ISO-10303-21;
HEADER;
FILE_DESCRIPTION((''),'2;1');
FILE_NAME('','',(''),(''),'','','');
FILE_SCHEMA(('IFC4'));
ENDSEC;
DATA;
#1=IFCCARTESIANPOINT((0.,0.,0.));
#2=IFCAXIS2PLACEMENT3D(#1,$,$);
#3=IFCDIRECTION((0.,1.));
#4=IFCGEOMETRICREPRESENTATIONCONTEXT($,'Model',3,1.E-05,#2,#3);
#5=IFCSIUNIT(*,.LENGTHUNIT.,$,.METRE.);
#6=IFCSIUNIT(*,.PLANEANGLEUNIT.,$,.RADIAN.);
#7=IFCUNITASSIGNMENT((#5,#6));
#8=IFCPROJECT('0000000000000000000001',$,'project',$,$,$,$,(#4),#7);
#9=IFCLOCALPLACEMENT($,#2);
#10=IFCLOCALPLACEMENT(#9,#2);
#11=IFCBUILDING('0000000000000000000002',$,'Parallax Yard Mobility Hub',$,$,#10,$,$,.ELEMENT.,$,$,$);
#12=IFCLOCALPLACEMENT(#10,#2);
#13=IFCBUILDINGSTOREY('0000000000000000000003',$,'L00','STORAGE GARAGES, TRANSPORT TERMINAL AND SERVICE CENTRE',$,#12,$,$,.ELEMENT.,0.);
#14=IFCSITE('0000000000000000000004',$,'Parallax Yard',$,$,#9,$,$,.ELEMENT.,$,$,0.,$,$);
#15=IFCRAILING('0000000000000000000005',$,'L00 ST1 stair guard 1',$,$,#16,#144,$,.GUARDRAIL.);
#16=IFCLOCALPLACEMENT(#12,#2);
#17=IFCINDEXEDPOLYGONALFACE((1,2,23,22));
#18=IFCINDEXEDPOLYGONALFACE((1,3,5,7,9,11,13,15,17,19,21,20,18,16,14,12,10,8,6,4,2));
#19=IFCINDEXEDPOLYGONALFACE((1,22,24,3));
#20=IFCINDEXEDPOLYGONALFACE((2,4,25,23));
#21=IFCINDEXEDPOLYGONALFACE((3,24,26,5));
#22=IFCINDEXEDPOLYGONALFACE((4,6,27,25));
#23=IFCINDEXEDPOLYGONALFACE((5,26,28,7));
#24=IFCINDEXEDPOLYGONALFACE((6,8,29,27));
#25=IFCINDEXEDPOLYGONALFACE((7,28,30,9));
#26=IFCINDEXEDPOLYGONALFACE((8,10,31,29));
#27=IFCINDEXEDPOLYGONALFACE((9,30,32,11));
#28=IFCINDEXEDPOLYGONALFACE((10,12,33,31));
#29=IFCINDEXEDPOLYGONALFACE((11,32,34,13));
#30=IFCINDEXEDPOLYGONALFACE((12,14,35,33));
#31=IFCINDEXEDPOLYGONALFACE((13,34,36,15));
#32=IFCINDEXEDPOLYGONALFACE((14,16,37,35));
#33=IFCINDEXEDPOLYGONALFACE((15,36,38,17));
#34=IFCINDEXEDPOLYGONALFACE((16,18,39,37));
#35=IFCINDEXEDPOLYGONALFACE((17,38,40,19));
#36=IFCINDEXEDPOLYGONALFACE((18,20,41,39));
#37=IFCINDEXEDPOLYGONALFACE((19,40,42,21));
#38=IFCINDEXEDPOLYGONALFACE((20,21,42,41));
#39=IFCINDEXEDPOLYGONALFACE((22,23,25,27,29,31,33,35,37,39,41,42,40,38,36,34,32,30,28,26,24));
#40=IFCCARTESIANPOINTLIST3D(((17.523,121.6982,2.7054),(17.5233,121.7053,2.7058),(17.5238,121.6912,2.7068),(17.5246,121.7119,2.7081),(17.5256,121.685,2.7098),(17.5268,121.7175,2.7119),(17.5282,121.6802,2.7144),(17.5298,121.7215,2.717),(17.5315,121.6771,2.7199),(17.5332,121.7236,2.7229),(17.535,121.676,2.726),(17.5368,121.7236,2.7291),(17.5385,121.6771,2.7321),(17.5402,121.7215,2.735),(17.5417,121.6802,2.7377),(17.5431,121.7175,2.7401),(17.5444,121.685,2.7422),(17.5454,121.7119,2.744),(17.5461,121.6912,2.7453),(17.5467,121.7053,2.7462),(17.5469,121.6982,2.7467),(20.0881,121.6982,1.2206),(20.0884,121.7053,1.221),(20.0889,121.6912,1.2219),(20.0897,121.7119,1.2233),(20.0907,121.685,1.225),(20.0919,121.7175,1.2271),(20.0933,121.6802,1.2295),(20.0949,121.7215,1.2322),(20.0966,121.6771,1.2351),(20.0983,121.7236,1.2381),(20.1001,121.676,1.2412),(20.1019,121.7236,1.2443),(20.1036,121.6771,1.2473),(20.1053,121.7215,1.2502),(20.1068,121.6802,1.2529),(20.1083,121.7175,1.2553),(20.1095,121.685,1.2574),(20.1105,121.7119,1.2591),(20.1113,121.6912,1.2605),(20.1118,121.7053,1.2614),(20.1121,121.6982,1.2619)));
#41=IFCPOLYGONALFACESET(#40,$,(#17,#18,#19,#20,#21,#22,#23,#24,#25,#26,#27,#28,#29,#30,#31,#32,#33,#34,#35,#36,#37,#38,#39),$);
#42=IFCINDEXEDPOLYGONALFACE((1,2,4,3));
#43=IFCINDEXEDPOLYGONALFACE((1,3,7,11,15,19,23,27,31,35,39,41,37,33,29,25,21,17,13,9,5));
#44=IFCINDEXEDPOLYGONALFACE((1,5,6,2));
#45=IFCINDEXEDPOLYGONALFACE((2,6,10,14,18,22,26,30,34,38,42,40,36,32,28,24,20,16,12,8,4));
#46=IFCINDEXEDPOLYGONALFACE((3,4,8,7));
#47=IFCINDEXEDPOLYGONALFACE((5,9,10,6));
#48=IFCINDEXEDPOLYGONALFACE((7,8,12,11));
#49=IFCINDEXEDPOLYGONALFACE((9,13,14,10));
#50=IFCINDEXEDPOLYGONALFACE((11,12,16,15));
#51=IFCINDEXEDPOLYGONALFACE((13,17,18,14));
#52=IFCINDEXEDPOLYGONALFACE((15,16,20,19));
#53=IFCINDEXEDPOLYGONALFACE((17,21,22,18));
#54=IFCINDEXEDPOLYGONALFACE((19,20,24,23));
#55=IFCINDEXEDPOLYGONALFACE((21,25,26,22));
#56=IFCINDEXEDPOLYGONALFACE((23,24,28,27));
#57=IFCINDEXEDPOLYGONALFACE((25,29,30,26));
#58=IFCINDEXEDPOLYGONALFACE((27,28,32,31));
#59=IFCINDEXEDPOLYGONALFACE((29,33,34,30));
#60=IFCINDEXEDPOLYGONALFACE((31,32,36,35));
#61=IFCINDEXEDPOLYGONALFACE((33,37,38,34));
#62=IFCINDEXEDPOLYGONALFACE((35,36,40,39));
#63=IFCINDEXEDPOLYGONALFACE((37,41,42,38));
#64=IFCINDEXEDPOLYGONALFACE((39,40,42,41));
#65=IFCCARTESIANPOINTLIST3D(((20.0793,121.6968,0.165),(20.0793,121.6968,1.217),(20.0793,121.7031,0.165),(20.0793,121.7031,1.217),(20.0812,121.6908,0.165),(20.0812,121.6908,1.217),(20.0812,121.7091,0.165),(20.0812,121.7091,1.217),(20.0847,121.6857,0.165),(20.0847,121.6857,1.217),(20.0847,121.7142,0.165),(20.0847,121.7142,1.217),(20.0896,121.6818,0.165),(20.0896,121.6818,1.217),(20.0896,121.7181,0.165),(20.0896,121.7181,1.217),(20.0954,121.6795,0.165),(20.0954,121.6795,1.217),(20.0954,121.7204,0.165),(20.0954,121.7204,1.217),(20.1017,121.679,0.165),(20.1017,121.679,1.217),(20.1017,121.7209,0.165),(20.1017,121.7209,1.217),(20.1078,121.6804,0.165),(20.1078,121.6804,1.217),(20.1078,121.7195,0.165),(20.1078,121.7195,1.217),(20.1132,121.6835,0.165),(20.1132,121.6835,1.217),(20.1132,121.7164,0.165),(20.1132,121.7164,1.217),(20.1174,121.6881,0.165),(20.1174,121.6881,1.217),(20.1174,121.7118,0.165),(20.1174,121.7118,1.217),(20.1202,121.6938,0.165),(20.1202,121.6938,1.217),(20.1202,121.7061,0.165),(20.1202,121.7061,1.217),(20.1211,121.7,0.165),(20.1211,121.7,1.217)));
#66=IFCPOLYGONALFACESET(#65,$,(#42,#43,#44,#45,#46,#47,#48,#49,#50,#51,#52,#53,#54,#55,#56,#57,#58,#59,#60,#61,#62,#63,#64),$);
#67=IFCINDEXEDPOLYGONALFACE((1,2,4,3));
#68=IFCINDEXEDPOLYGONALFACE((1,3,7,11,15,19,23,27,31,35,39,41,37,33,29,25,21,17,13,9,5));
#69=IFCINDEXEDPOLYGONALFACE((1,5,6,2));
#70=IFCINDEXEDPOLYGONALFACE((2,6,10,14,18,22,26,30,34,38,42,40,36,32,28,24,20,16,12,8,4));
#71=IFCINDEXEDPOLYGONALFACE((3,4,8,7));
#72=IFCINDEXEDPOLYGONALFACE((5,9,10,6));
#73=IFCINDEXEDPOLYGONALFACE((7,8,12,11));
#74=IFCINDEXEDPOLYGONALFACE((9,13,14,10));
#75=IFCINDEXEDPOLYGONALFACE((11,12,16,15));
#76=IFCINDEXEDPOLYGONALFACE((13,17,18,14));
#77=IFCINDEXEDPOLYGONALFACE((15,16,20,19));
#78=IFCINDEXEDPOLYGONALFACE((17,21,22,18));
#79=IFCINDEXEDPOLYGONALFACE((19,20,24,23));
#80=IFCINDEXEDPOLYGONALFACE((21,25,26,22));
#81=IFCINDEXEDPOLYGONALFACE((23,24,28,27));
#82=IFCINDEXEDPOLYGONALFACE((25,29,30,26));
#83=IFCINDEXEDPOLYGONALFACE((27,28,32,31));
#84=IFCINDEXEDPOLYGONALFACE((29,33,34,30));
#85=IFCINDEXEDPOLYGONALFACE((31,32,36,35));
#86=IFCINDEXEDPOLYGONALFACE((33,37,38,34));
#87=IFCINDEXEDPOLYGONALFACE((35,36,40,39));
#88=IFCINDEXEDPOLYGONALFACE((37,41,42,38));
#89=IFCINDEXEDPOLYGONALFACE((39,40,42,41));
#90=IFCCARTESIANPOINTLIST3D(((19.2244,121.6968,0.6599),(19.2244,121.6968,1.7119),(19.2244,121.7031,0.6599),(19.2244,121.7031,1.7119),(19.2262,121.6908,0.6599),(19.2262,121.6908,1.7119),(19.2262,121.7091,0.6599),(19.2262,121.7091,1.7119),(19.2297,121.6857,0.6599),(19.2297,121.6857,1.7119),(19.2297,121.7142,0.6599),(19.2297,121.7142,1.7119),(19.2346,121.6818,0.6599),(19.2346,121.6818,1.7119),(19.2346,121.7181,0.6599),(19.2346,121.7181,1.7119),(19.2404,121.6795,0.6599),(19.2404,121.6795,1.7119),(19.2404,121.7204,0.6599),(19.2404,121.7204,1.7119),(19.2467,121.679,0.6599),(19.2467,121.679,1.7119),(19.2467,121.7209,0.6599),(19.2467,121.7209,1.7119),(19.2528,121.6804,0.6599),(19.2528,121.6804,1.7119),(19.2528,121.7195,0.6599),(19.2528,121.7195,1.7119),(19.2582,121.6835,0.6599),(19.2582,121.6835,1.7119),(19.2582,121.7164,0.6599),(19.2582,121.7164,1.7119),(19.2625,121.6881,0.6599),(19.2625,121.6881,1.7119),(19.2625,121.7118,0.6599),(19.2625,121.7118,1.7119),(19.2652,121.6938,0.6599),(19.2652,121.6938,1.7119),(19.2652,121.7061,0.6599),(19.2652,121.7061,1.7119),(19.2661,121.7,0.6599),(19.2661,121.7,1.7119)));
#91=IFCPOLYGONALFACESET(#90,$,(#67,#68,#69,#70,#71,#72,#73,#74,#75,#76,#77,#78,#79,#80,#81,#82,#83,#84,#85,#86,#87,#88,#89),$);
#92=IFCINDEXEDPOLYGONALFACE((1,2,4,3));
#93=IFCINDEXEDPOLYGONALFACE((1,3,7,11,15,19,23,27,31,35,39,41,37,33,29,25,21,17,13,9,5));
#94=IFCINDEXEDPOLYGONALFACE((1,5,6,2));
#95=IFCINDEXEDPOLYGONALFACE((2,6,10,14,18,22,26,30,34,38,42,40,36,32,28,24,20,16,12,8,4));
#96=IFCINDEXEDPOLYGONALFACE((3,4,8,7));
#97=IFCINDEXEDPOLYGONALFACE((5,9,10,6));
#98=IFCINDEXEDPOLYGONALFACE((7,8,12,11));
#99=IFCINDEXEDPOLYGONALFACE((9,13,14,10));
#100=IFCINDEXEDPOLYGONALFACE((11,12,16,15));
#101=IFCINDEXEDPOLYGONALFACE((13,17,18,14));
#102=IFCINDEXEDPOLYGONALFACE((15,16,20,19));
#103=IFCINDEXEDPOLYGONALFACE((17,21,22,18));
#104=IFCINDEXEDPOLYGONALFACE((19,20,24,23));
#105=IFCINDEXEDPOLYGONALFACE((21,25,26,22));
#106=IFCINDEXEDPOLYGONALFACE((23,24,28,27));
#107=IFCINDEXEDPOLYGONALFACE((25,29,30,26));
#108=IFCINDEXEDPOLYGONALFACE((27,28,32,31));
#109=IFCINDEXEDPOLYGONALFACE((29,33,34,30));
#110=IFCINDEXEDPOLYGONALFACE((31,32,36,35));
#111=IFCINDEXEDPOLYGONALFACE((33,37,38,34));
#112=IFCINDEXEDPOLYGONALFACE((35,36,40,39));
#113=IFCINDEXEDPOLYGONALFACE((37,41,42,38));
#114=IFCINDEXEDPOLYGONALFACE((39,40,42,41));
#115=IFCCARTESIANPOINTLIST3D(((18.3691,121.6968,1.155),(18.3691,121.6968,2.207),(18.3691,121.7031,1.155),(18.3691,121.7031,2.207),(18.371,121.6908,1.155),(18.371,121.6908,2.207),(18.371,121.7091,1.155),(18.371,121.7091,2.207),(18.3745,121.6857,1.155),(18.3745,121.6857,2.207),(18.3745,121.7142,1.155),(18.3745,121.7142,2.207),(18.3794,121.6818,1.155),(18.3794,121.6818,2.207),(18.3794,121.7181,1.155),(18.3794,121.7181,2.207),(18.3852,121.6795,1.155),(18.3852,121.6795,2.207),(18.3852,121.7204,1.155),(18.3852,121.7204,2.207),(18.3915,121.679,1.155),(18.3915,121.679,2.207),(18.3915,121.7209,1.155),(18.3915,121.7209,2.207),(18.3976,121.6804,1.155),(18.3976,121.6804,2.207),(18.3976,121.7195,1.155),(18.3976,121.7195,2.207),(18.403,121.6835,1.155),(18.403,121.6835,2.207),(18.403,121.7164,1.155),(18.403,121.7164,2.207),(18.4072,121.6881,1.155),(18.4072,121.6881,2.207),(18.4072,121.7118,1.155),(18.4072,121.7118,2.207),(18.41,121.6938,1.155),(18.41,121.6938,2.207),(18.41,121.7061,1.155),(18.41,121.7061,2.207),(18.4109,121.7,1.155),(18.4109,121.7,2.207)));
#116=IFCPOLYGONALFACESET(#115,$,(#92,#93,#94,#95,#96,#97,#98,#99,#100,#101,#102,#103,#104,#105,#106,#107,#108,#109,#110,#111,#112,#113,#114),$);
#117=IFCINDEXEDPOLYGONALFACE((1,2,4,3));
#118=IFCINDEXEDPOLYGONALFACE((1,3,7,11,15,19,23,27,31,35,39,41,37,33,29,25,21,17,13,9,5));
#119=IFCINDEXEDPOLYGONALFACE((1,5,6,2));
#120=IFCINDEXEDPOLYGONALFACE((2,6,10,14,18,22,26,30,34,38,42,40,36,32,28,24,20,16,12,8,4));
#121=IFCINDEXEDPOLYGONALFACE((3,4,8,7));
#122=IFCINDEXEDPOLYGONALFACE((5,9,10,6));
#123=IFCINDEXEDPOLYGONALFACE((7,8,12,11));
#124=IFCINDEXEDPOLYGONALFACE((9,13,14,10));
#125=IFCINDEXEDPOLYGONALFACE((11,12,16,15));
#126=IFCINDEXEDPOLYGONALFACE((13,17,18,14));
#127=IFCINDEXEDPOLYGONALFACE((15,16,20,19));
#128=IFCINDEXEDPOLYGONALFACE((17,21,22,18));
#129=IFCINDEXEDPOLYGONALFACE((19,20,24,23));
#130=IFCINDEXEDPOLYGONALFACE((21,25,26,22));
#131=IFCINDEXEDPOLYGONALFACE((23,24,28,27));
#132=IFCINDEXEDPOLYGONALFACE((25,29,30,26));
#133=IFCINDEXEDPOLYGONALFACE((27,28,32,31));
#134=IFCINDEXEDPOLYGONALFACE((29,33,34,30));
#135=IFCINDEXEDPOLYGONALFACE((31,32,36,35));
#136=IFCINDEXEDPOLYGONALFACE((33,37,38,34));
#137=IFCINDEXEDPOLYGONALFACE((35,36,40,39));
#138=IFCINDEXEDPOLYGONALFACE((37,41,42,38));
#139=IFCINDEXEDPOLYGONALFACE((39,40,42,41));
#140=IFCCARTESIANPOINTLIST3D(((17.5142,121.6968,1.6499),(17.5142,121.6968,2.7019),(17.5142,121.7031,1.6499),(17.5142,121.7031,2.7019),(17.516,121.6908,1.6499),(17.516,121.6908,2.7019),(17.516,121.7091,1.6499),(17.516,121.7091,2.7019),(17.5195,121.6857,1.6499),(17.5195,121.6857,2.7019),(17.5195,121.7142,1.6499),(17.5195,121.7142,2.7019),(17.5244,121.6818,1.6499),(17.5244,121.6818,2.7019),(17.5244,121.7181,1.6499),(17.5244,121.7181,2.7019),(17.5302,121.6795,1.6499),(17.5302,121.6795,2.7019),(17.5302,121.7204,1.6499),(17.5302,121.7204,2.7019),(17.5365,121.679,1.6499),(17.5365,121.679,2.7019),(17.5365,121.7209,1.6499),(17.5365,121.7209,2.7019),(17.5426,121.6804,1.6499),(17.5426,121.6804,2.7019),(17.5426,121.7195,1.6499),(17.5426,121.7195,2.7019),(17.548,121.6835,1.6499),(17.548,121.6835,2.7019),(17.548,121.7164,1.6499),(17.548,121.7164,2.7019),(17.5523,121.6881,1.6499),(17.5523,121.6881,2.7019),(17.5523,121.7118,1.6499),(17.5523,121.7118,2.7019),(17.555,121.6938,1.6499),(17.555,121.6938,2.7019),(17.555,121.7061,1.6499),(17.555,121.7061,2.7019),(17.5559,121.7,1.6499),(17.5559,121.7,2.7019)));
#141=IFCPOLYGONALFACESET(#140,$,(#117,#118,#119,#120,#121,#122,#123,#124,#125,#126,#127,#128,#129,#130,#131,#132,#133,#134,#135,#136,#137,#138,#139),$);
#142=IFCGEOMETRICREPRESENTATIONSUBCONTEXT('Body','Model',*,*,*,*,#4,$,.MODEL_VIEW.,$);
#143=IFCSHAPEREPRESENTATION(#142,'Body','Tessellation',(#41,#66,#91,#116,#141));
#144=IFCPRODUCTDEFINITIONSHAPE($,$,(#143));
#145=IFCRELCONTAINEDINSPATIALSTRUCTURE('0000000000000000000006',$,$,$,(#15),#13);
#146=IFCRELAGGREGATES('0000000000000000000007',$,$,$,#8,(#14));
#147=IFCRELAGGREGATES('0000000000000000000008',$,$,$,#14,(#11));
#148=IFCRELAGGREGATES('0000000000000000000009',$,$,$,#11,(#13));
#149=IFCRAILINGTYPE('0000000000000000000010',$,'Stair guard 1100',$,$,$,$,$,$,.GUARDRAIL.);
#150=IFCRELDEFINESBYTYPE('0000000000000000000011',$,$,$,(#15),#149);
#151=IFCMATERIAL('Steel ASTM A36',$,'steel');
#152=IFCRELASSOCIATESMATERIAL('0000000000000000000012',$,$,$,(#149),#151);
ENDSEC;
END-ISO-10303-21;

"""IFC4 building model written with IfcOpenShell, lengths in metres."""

from ifc_helpers import new_model, si_unit, direction, frame, origin, origin_2d, place, context, subcontext, project, spatial, circle, extrude, material, type_object, element, save


model = new_model("IFC4")

# Units and contexts
model_context = context("Model", 3, precision=1e-05, world=origin(), true_north=direction((0.0, 1.0)))
body_context = subcontext(model_context, "Body", "Model", "MODEL_VIEW")
ifc_project = project(units=[si_unit("LENGTHUNIT", "METRE"), si_unit("PLANEANGLEUNIT", "RADIAN")], contexts=[model_context])

# Site, building, storey
site_placement = place(None, origin())
site = spatial("IfcSite", under=ifc_project, at=site_placement, Name="Parallax Yard", CompositionType="ELEMENT", RefElevation=0.0)
building_placement = place(site_placement, origin())
building = spatial("IfcBuilding", under=site, at=building_placement, Name="Parallax Yard Mobility Hub", CompositionType="ELEMENT")
storey_placement = place(building_placement, origin())
storey = spatial("IfcBuildingStorey", under=building, at=storey_placement, Name="L00", Description="STORAGE GARAGES, TRANSPORT TERMINAL AND SERVICE CENTRE", CompositionType="ELEMENT", Elevation=0.0)

# Railing
ifc_material_1 = material(Name="Steel ASTM A36", Category="steel")
railing_type_1 = type_object("IfcRailingType", Name="Stair guard 1100", PredefinedType="GUARDRAIL", material=ifc_material_1)
railing_1_placement = place(storey_placement, frame((20.1001, 121.7, 0.165)))
element("IfcRailing", 1, at=railing_1_placement, inside=storey, type_object=railing_type_1, Name="L00 ST1 stair guard 1", PredefinedType="GUARDRAIL", context=body_context, shape_type="SweptSolid", body=[
    extrude(circle(Radius=0.0239, at=origin_2d()), frame((0.0, 0.0, 1.0762), z_axis=(-0.865462, 0.0, 0.500975), x_axis=(0.0, -1.0, 0.0)), (0.0, 0.0, 1.0), 2.9639),
    extrude(circle(Radius=0.021, at=origin_2d()), origin(), (0.0, 0.0, 1.0), 1.052),
    extrude(circle(Radius=0.021, at=origin_2d()), frame((-0.855, 0.0, 0.4949)), (0.0, 0.0, 1.0), 1.052),
    extrude(circle(Radius=0.021, at=origin_2d()), frame((-1.7102, 0.0, 0.99)), (0.0, 0.0, 1.0), 1.052),
    extrude(circle(Radius=0.021, at=origin_2d()), frame((-2.5652, 0.0, 1.4849)), (0.0, 0.0, 1.0), 1.052),
])

save(model, "model.ifc")
